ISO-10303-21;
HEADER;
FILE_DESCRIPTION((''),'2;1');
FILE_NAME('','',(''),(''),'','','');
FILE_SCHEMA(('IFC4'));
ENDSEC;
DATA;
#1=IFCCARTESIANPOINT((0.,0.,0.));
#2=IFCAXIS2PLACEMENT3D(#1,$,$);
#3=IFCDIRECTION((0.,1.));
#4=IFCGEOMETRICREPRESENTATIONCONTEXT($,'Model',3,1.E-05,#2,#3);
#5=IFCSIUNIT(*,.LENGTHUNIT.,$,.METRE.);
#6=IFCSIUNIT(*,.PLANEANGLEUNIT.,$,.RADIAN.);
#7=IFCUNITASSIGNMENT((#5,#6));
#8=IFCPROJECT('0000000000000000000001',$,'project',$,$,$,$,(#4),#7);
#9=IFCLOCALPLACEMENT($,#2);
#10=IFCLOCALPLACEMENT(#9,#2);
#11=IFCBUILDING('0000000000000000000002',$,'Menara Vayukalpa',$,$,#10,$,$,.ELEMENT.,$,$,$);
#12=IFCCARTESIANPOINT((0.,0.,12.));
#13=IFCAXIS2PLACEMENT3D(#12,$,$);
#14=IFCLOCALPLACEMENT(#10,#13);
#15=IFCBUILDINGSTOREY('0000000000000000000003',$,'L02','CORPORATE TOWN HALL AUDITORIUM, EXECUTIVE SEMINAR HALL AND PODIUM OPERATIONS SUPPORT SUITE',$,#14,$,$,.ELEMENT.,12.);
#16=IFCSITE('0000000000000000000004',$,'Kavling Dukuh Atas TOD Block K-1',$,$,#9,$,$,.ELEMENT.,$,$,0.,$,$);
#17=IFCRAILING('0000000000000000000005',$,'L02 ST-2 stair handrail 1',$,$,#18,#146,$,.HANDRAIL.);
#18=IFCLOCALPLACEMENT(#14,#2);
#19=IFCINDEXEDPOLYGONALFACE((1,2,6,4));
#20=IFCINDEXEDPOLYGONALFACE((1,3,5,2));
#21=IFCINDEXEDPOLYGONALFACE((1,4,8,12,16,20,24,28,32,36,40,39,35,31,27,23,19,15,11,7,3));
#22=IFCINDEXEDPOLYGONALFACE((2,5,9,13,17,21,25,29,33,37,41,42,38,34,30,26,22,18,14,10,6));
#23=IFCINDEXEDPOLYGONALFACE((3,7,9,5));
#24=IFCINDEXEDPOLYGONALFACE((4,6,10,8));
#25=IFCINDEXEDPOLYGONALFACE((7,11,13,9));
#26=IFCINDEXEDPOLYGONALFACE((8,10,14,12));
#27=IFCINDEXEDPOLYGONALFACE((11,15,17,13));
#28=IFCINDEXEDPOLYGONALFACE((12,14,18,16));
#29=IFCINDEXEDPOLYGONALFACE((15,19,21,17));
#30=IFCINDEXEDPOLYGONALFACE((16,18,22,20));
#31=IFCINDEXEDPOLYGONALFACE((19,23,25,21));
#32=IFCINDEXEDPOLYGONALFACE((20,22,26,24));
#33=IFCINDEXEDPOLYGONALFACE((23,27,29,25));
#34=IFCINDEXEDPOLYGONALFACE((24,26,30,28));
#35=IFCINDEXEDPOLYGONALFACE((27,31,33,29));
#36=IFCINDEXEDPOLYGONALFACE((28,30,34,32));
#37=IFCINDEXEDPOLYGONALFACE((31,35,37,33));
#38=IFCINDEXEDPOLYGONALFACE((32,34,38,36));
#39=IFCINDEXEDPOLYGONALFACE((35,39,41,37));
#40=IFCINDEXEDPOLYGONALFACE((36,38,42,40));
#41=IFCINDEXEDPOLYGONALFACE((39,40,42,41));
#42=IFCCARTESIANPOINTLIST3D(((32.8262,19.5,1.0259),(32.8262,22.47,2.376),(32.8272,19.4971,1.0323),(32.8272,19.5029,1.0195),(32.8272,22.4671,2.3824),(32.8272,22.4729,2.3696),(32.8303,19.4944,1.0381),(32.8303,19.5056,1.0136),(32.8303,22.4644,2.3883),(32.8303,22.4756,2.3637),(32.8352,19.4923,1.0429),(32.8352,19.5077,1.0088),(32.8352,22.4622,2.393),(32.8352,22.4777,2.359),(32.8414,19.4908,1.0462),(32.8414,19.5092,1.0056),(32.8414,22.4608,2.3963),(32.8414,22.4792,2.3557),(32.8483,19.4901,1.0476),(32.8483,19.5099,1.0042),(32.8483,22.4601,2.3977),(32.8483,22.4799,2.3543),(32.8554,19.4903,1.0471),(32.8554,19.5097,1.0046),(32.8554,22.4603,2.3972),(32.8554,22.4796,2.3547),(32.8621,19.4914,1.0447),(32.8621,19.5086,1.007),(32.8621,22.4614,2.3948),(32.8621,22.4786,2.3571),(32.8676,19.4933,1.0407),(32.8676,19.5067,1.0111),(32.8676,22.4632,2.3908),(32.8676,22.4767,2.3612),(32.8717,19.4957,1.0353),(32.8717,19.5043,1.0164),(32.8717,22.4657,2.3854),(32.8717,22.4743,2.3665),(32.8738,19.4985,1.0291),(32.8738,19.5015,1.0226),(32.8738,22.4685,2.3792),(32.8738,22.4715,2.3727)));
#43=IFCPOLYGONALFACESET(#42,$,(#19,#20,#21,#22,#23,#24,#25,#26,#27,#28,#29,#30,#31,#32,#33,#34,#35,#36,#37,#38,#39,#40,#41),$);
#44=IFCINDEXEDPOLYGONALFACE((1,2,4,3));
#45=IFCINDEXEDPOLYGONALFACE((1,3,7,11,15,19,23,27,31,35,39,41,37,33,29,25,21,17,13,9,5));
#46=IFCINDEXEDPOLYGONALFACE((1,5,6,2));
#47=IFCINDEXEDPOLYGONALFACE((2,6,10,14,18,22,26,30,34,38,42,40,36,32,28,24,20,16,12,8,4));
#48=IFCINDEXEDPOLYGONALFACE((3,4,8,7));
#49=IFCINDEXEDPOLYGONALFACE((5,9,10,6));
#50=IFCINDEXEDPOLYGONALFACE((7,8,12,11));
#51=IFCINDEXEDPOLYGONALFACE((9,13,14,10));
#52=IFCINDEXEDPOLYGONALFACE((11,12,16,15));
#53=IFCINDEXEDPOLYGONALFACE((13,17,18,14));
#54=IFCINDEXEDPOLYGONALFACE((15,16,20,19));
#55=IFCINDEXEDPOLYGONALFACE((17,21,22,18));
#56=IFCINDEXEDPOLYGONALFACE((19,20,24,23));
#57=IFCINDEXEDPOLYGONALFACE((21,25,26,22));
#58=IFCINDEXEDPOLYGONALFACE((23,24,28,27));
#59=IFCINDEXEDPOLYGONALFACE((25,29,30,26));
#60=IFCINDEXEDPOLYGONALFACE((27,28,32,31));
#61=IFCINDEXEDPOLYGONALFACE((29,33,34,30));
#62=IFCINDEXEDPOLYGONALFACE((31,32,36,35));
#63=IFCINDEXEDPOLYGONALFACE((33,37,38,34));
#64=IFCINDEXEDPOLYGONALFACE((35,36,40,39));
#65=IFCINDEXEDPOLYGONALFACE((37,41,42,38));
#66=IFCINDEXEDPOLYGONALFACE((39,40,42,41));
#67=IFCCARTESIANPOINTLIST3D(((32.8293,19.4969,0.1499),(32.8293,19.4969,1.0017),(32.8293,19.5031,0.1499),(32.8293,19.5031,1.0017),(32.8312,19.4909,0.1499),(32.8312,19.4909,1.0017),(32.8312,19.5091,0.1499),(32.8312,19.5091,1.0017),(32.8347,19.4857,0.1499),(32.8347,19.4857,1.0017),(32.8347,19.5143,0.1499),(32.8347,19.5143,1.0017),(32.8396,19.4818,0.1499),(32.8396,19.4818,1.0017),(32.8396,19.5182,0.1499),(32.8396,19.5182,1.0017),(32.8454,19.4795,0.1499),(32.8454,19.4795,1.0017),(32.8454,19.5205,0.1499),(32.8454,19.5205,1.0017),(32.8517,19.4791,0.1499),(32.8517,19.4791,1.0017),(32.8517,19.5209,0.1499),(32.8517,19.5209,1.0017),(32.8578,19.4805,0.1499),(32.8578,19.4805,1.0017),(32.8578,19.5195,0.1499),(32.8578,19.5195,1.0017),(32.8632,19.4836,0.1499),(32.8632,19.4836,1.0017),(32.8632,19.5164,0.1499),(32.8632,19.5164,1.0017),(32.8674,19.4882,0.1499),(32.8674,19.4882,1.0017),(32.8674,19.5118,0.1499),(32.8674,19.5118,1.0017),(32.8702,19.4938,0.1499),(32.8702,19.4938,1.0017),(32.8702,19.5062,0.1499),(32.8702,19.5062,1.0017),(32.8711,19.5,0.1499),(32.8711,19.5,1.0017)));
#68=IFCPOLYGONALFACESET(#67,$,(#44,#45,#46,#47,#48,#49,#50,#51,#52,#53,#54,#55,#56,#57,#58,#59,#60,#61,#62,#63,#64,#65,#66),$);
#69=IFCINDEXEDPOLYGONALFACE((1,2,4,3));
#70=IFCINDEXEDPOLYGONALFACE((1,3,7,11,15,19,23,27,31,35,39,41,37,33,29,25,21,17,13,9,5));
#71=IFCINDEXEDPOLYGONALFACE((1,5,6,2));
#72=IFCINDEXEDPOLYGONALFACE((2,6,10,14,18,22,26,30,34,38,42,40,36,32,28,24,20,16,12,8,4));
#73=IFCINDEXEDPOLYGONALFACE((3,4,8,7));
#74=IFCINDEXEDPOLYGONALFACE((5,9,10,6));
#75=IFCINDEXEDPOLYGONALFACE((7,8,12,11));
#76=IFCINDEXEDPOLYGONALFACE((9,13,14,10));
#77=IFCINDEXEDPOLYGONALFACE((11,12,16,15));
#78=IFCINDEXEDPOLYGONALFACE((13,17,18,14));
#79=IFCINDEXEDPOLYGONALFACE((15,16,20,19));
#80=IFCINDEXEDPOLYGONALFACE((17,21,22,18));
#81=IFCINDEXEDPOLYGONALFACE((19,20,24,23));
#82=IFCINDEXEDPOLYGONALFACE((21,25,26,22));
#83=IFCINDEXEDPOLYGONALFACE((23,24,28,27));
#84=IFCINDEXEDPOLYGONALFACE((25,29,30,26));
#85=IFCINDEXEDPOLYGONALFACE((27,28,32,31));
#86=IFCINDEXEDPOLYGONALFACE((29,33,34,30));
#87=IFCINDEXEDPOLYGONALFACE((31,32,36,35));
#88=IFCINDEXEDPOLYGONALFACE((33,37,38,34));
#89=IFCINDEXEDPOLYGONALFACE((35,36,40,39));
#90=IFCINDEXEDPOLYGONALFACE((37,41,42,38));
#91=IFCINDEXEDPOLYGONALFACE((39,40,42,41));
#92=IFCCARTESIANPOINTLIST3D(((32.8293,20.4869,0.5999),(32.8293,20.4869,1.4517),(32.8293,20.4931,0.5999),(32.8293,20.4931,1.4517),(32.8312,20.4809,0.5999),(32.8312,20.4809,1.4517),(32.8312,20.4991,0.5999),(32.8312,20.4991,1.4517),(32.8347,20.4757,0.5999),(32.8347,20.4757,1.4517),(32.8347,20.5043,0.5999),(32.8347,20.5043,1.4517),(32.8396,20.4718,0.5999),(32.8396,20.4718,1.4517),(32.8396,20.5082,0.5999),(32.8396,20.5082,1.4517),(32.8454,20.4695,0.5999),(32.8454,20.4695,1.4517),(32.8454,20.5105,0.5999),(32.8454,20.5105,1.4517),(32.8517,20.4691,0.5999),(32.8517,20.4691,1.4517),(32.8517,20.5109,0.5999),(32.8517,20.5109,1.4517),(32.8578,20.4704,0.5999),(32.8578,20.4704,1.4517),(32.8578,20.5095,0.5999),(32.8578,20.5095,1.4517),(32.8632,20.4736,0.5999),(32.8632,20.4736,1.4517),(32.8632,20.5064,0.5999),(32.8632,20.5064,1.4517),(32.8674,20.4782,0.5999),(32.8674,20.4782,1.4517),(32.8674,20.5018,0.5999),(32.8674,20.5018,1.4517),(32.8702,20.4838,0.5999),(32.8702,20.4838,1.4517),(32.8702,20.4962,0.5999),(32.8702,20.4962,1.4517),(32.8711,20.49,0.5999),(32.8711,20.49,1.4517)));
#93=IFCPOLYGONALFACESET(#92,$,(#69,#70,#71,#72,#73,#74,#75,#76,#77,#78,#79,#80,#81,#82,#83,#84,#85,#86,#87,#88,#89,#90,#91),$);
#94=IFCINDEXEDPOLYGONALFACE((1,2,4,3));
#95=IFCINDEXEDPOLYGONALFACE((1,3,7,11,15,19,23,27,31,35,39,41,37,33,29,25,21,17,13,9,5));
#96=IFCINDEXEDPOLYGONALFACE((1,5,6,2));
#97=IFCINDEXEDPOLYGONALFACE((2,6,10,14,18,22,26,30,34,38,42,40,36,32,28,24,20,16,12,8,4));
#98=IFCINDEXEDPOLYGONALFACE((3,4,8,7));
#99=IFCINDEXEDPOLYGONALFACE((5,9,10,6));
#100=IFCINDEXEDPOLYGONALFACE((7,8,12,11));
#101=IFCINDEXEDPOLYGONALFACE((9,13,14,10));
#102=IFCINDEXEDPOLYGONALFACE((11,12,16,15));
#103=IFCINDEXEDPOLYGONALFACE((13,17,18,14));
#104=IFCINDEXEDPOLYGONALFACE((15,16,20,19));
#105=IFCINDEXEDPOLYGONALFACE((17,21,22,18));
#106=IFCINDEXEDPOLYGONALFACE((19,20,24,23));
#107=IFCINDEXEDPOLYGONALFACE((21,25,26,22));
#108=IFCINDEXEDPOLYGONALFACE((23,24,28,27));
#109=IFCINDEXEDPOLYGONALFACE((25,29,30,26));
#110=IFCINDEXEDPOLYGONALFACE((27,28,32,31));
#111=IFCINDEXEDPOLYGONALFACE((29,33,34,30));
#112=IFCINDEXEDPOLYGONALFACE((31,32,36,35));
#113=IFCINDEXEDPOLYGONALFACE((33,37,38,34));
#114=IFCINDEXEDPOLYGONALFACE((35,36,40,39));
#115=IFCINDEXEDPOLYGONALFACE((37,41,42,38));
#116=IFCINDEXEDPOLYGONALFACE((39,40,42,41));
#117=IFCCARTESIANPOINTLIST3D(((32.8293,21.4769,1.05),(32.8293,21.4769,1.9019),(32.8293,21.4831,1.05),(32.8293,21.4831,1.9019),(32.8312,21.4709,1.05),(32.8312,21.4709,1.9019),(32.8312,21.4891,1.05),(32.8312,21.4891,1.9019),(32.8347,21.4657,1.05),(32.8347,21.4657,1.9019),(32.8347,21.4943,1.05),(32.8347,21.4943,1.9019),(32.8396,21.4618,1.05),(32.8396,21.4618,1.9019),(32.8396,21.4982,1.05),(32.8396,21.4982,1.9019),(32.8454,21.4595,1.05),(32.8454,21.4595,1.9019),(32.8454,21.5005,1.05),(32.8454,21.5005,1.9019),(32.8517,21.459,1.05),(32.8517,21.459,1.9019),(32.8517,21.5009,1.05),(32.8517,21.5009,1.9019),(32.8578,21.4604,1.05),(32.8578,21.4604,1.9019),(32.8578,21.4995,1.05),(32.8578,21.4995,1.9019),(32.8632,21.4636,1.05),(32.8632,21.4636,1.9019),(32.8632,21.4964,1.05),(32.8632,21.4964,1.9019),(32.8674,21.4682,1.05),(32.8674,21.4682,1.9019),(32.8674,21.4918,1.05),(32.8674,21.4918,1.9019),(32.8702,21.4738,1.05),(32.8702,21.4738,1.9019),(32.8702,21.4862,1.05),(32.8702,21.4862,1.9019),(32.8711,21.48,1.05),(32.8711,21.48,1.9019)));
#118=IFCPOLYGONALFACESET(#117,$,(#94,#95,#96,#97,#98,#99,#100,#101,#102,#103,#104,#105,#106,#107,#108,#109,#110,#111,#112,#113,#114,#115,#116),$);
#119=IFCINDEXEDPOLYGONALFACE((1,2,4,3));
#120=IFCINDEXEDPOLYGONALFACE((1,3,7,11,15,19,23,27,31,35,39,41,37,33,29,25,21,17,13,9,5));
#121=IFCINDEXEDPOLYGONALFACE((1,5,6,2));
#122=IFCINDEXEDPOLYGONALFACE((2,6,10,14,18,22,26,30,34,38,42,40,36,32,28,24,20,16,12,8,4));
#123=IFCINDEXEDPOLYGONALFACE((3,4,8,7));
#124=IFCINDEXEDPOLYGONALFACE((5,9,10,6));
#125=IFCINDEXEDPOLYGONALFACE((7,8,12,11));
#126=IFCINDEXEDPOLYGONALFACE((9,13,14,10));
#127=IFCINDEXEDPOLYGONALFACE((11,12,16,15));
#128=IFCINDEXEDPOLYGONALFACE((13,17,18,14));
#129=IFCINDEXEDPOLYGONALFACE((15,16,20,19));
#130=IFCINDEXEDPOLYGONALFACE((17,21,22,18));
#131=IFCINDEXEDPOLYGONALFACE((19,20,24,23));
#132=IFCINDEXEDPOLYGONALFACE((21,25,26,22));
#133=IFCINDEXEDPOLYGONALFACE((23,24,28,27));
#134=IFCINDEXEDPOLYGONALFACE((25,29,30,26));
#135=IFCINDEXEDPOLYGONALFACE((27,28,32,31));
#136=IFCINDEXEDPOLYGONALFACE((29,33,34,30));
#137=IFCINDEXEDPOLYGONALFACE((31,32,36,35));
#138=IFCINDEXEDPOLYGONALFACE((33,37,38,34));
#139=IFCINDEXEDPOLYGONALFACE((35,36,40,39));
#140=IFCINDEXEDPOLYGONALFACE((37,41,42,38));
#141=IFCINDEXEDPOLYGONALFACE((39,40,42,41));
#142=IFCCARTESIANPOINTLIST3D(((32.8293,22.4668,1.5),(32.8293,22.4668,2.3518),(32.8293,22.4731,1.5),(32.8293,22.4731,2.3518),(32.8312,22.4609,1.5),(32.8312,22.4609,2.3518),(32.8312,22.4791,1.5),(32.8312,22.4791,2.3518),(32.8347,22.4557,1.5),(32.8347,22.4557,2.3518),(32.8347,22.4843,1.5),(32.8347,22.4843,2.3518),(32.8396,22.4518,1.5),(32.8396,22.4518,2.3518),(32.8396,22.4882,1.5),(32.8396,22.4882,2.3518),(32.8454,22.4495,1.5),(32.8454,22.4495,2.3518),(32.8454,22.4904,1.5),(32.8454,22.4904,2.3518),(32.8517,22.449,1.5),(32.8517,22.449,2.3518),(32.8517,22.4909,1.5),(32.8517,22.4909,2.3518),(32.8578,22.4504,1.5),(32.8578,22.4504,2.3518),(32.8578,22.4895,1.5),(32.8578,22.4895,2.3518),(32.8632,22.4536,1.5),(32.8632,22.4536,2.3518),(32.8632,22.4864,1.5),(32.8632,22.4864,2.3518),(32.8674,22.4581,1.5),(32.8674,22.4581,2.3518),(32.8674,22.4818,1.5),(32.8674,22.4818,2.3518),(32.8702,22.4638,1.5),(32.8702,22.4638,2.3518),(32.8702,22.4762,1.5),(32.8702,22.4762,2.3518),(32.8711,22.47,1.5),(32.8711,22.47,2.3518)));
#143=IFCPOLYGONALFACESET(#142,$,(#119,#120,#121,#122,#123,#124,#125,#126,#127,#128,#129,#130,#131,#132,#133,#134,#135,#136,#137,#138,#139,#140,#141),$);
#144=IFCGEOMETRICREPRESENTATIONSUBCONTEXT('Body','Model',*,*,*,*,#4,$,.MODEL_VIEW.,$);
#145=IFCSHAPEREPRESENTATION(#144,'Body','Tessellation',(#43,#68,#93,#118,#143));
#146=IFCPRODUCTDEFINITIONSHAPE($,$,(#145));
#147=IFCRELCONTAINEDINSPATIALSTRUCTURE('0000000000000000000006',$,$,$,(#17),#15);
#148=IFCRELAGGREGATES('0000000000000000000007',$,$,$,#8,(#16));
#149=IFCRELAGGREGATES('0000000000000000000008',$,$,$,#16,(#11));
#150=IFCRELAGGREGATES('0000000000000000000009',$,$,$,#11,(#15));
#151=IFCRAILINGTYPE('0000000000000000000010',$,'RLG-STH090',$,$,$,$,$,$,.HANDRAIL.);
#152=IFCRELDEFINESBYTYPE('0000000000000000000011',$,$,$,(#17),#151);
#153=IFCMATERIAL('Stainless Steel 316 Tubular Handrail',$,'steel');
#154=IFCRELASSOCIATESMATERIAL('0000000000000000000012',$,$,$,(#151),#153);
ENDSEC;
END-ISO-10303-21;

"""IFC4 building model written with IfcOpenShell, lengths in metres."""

from ifc_helpers import new_model, si_unit, direction, frame, origin, origin_2d, place, context, subcontext, project, spatial, circle, extrude, material, type_object, element, save


model = new_model("IFC4")

# Units and contexts
model_context = context("Model", 3, precision=1e-05, world=origin(), true_north=direction((0.0, 1.0)))
body_context = subcontext(model_context, "Body", "Model", "MODEL_VIEW")
ifc_project = project(units=[si_unit("LENGTHUNIT", "METRE"), si_unit("PLANEANGLEUNIT", "RADIAN")], contexts=[model_context])

# Site, building, storey
site_placement = place(None, origin())
site = spatial("IfcSite", under=ifc_project, at=site_placement, Name="Kavling Dukuh Atas TOD Block K-1", CompositionType="ELEMENT", RefElevation=0.0)
building_placement = place(site_placement, origin())
building = spatial("IfcBuilding", under=site, at=building_placement, Name="Menara Vayukalpa", CompositionType="ELEMENT")
storey_placement = place(building_placement, frame((0.0, 0.0, 12.0)))
storey = spatial("IfcBuildingStorey", under=building, at=storey_placement, Name="L02", Description="CORPORATE TOWN HALL AUDITORIUM, EXECUTIVE SEMINAR HALL AND PODIUM OPERATIONS SUPPORT SUITE", CompositionType="ELEMENT", Elevation=12.0)

# Railing
ifc_material_1 = material(Name="Stainless Steel 316 Tubular Handrail", Category="steel")
railing_type = type_object("IfcRailingType", Name="RLG-STH090", PredefinedType="HANDRAIL", material=ifc_material_1)
for number, where, name in (
    (1, (32.8501, 19.5, 0.1499), "L02 ST-2 stair handrail 1"),
):
    element("IfcRailing", number, at=place(storey_placement, frame(where)), inside=storey, type_object=railing_type, Name=name, PredefinedType="HANDRAIL", context=body_context, shape_type="SweptSolid", body=[
        extrude(circle(Radius=0.0239, at=origin_2d()), frame((0.0, 0.0, 0.876), z_axis=(0.0, 0.910354, 0.413831), x_axis=(-1.0, 0.0, 0.0)), (0.0, 0.0, 1.0), 3.2625),
        extrude(circle(Radius=0.021, at=origin_2d()), origin(), (0.0, 0.0, 1.0), 0.8518),
        extrude(circle(Radius=0.021, at=origin_2d()), frame((0.0, 0.99, 0.45)), (0.0, 0.0, 1.0), 0.8518),
        extrude(circle(Radius=0.021, at=origin_2d()), frame((0.0, 1.98, 0.9001)), (0.0, 0.0, 1.0), 0.8518),
        extrude(circle(Radius=0.021, at=origin_2d()), frame((0.0, 2.97, 1.3501)), (0.0, 0.0, 1.0), 0.8518),
    ])

save(model, "model.ifc")
